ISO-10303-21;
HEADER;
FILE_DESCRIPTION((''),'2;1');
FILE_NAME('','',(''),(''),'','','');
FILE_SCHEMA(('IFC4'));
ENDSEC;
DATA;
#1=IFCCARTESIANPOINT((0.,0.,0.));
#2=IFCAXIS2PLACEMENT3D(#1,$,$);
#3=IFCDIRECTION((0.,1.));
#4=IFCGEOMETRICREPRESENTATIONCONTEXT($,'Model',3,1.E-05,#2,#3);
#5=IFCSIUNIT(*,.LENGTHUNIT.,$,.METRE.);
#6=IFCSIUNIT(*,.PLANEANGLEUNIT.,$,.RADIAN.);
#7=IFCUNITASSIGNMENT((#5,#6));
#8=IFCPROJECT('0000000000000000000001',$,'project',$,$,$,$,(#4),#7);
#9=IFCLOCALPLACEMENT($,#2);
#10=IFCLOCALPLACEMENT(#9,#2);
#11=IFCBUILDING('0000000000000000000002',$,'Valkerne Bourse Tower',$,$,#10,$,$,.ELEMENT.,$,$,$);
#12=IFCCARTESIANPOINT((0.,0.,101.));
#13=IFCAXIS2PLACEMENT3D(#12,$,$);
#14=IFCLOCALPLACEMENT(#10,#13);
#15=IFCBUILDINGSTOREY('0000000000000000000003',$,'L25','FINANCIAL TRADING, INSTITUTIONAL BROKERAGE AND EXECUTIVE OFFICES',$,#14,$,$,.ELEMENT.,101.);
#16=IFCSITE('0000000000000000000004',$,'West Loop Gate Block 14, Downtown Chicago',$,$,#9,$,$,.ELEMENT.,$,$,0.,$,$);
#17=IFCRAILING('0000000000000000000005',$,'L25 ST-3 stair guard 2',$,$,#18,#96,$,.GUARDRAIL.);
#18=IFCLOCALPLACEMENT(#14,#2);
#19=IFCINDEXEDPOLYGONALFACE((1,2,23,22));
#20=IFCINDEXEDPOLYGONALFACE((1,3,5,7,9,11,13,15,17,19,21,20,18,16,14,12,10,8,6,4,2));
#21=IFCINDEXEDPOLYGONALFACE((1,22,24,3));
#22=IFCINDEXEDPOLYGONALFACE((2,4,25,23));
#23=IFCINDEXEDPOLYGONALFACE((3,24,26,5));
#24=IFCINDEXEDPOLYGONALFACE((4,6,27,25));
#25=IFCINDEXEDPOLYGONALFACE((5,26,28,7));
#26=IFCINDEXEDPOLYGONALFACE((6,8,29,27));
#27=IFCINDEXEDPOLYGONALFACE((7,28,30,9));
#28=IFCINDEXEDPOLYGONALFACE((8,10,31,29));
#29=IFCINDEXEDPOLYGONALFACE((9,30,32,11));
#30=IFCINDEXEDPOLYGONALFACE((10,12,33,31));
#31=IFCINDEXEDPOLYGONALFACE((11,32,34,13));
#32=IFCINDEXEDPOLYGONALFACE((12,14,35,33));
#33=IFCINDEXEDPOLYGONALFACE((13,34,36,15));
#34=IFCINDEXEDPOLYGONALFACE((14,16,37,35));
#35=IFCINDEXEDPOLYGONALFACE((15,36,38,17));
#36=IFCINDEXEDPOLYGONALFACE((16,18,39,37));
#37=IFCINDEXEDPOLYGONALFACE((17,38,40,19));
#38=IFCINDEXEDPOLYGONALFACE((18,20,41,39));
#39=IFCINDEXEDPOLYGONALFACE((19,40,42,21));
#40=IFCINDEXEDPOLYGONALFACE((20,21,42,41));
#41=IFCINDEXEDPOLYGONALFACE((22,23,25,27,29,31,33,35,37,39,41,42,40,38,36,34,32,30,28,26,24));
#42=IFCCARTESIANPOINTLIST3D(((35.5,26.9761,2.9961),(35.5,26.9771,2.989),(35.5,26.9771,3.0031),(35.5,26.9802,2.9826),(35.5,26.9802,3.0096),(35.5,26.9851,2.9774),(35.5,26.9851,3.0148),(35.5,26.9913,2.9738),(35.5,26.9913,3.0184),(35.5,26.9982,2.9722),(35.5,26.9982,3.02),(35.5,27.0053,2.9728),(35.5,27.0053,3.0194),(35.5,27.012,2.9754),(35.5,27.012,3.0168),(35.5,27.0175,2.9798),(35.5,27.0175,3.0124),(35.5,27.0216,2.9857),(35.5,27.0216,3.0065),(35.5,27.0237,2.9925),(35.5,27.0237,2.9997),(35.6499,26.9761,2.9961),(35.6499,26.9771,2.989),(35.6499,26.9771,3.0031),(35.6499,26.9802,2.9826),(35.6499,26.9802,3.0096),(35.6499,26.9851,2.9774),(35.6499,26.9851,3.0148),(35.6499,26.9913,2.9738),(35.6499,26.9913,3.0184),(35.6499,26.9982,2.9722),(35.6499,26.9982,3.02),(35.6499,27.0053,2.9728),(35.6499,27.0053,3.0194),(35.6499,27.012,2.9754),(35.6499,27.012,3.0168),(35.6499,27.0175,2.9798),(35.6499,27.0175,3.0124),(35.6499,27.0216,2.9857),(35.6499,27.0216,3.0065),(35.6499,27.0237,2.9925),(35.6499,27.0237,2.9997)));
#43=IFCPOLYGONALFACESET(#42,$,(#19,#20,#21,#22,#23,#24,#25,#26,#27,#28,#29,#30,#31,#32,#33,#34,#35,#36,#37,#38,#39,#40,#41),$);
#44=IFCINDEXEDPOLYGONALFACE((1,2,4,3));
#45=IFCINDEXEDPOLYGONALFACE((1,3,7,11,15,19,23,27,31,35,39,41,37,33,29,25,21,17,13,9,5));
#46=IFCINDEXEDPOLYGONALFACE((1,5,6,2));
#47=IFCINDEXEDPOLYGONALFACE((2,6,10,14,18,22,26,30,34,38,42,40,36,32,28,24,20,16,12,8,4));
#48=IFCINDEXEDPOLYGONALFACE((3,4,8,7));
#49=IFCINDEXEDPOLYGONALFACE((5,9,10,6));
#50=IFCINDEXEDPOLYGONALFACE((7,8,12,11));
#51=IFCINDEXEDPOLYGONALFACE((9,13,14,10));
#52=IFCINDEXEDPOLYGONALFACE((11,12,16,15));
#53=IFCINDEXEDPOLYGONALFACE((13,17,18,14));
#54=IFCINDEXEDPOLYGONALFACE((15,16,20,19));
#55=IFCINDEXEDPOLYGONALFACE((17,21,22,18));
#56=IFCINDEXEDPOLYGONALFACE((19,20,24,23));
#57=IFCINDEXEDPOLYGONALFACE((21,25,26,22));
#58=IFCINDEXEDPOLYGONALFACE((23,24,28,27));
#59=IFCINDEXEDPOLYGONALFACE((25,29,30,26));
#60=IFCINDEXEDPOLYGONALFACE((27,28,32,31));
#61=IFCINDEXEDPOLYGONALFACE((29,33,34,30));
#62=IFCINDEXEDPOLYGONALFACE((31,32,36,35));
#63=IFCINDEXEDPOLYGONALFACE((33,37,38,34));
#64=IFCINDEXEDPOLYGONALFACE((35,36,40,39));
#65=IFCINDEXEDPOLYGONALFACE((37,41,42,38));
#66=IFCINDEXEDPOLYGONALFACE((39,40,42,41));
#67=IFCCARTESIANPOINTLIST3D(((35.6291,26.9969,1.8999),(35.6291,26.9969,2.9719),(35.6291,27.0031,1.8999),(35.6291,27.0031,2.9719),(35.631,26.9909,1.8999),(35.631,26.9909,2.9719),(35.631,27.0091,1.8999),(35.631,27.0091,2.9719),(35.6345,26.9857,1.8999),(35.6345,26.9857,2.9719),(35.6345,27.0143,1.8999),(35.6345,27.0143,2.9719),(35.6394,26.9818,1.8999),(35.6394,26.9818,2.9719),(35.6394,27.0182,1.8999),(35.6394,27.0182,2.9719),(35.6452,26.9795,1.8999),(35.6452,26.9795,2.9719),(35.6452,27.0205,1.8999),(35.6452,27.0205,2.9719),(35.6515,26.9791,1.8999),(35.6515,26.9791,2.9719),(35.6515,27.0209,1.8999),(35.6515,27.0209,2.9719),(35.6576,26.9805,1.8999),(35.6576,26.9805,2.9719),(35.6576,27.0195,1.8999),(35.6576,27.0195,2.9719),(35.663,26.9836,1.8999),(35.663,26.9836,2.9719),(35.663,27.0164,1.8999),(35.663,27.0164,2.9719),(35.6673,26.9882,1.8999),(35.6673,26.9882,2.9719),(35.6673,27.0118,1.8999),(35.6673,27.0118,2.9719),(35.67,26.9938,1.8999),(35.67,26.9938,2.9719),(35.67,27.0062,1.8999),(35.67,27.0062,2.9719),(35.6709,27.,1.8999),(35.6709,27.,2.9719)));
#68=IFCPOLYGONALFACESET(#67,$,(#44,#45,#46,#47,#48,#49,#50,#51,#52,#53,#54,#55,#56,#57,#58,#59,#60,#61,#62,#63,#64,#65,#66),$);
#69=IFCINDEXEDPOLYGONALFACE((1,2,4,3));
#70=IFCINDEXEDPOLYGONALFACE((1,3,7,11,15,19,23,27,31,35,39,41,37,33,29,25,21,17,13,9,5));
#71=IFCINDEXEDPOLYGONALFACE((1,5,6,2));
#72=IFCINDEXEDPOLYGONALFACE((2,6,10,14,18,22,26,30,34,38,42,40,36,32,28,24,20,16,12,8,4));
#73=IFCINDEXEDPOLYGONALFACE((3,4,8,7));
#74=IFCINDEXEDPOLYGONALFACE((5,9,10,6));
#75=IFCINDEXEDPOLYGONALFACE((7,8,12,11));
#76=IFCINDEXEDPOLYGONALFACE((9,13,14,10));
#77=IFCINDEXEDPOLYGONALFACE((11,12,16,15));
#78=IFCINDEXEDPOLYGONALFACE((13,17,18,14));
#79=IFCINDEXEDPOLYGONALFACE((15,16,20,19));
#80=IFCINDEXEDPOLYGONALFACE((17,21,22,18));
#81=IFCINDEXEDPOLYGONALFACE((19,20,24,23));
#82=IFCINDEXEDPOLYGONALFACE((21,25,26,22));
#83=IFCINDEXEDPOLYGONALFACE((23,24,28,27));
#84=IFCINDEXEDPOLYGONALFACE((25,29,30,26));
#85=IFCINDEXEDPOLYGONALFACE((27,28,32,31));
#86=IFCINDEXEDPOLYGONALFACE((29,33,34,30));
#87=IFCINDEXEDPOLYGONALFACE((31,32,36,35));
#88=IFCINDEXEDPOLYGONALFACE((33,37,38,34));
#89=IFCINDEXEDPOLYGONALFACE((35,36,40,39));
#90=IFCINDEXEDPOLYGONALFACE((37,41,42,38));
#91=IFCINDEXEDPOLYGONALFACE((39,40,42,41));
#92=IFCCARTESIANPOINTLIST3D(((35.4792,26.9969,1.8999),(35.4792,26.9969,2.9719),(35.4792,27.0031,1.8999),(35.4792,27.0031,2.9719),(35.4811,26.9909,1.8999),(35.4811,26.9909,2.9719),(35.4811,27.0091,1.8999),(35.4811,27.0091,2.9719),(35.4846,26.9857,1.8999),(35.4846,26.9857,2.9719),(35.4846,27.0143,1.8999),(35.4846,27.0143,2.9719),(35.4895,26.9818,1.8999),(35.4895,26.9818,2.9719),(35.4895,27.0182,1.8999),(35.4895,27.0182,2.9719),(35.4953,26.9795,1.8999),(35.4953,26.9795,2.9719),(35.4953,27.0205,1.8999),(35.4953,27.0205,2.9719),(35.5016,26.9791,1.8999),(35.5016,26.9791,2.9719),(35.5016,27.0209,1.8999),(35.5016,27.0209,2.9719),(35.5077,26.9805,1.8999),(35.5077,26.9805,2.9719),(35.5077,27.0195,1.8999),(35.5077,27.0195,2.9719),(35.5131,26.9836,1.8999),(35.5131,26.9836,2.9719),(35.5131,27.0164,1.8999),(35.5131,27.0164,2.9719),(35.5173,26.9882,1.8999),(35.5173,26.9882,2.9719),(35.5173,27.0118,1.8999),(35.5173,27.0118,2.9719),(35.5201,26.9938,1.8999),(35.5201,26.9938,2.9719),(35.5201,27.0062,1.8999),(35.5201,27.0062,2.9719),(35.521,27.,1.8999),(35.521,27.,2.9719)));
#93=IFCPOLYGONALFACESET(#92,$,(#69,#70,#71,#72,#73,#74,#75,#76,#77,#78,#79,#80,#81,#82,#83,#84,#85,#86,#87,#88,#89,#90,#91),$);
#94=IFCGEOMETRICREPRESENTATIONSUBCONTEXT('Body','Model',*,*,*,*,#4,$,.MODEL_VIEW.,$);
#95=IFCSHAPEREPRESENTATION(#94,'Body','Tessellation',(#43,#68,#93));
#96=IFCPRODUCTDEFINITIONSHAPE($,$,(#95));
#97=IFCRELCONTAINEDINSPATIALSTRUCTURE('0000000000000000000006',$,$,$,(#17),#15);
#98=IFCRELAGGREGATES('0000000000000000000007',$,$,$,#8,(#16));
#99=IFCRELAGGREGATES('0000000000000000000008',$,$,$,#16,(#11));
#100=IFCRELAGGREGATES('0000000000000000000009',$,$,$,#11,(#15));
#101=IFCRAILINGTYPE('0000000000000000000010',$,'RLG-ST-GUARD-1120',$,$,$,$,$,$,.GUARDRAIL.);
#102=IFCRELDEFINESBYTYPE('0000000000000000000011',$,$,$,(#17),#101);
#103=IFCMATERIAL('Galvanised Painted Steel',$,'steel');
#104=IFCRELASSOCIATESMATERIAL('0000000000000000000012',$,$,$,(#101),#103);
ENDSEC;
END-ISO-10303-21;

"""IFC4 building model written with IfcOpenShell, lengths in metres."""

from ifc_helpers import new_model, si_unit, direction, frame, origin, origin_2d, place, context, subcontext, project, spatial, circle, extrude, material, type_object, element, save


model = new_model("IFC4")

# Units and contexts
model_context = context("Model", 3, precision=1e-05, world=origin(), true_north=direction((0.0, 1.0)))
body_context = subcontext(model_context, "Body", "Model", "MODEL_VIEW")
ifc_project = project(units=[si_unit("LENGTHUNIT", "METRE"), si_unit("PLANEANGLEUNIT", "RADIAN")], contexts=[model_context])

# Site, building, storey
site_placement = place(None, origin())
site = spatial("IfcSite", under=ifc_project, at=site_placement, Name="West Loop Gate Block 14, Downtown Chicago", CompositionType="ELEMENT", RefElevation=0.0)
building_placement = place(site_placement, origin())
building = spatial("IfcBuilding", under=site, at=building_placement, Name="Valkerne Bourse Tower", CompositionType="ELEMENT")
storey_placement = place(building_placement, frame((0.0, 0.0, 101.0)))
storey = spatial("IfcBuildingStorey", under=building, at=storey_placement, Name="L25", Description="FINANCIAL TRADING, INSTITUTIONAL BROKERAGE AND EXECUTIVE OFFICES", CompositionType="ELEMENT", Elevation=101.0)

# Shared definitions
ifc_material_1 = material(Name="Galvanised Painted Steel", Category="steel")

# Railing
railing_type_1 = type_object("IfcRailingType", Name="RLG-ST-GUARD-1120", PredefinedType="GUARDRAIL", material=ifc_material_1)
railing_1_placement = place(storey_placement, frame((35.6499, 27.0, 1.8999)))
element("IfcRailing", 1, at=railing_1_placement, inside=storey, type_object=railing_type_1, Name="L25 ST-3 stair guard 2", PredefinedType="GUARDRAIL", context=body_context, shape_type="SweptSolid", body=[
    extrude(circle(Radius=0.0239, at=origin_2d()), frame((0.0, 0.0, 1.0962), z_axis=(-1.0, 0.0, 0.0), x_axis=(0.0, -1.0, 0.0)), (0.0, 0.0, 1.0), 0.1499),
    extrude(circle(Radius=0.021, at=origin_2d()), origin(), (0.0, 0.0, 1.0), 1.072),
    extrude(circle(Radius=0.021, at=origin_2d()), frame((-0.1499, 0.0, 0.0)), (0.0, 0.0, 1.0), 1.072),
])

save(model, "model.ifc")
